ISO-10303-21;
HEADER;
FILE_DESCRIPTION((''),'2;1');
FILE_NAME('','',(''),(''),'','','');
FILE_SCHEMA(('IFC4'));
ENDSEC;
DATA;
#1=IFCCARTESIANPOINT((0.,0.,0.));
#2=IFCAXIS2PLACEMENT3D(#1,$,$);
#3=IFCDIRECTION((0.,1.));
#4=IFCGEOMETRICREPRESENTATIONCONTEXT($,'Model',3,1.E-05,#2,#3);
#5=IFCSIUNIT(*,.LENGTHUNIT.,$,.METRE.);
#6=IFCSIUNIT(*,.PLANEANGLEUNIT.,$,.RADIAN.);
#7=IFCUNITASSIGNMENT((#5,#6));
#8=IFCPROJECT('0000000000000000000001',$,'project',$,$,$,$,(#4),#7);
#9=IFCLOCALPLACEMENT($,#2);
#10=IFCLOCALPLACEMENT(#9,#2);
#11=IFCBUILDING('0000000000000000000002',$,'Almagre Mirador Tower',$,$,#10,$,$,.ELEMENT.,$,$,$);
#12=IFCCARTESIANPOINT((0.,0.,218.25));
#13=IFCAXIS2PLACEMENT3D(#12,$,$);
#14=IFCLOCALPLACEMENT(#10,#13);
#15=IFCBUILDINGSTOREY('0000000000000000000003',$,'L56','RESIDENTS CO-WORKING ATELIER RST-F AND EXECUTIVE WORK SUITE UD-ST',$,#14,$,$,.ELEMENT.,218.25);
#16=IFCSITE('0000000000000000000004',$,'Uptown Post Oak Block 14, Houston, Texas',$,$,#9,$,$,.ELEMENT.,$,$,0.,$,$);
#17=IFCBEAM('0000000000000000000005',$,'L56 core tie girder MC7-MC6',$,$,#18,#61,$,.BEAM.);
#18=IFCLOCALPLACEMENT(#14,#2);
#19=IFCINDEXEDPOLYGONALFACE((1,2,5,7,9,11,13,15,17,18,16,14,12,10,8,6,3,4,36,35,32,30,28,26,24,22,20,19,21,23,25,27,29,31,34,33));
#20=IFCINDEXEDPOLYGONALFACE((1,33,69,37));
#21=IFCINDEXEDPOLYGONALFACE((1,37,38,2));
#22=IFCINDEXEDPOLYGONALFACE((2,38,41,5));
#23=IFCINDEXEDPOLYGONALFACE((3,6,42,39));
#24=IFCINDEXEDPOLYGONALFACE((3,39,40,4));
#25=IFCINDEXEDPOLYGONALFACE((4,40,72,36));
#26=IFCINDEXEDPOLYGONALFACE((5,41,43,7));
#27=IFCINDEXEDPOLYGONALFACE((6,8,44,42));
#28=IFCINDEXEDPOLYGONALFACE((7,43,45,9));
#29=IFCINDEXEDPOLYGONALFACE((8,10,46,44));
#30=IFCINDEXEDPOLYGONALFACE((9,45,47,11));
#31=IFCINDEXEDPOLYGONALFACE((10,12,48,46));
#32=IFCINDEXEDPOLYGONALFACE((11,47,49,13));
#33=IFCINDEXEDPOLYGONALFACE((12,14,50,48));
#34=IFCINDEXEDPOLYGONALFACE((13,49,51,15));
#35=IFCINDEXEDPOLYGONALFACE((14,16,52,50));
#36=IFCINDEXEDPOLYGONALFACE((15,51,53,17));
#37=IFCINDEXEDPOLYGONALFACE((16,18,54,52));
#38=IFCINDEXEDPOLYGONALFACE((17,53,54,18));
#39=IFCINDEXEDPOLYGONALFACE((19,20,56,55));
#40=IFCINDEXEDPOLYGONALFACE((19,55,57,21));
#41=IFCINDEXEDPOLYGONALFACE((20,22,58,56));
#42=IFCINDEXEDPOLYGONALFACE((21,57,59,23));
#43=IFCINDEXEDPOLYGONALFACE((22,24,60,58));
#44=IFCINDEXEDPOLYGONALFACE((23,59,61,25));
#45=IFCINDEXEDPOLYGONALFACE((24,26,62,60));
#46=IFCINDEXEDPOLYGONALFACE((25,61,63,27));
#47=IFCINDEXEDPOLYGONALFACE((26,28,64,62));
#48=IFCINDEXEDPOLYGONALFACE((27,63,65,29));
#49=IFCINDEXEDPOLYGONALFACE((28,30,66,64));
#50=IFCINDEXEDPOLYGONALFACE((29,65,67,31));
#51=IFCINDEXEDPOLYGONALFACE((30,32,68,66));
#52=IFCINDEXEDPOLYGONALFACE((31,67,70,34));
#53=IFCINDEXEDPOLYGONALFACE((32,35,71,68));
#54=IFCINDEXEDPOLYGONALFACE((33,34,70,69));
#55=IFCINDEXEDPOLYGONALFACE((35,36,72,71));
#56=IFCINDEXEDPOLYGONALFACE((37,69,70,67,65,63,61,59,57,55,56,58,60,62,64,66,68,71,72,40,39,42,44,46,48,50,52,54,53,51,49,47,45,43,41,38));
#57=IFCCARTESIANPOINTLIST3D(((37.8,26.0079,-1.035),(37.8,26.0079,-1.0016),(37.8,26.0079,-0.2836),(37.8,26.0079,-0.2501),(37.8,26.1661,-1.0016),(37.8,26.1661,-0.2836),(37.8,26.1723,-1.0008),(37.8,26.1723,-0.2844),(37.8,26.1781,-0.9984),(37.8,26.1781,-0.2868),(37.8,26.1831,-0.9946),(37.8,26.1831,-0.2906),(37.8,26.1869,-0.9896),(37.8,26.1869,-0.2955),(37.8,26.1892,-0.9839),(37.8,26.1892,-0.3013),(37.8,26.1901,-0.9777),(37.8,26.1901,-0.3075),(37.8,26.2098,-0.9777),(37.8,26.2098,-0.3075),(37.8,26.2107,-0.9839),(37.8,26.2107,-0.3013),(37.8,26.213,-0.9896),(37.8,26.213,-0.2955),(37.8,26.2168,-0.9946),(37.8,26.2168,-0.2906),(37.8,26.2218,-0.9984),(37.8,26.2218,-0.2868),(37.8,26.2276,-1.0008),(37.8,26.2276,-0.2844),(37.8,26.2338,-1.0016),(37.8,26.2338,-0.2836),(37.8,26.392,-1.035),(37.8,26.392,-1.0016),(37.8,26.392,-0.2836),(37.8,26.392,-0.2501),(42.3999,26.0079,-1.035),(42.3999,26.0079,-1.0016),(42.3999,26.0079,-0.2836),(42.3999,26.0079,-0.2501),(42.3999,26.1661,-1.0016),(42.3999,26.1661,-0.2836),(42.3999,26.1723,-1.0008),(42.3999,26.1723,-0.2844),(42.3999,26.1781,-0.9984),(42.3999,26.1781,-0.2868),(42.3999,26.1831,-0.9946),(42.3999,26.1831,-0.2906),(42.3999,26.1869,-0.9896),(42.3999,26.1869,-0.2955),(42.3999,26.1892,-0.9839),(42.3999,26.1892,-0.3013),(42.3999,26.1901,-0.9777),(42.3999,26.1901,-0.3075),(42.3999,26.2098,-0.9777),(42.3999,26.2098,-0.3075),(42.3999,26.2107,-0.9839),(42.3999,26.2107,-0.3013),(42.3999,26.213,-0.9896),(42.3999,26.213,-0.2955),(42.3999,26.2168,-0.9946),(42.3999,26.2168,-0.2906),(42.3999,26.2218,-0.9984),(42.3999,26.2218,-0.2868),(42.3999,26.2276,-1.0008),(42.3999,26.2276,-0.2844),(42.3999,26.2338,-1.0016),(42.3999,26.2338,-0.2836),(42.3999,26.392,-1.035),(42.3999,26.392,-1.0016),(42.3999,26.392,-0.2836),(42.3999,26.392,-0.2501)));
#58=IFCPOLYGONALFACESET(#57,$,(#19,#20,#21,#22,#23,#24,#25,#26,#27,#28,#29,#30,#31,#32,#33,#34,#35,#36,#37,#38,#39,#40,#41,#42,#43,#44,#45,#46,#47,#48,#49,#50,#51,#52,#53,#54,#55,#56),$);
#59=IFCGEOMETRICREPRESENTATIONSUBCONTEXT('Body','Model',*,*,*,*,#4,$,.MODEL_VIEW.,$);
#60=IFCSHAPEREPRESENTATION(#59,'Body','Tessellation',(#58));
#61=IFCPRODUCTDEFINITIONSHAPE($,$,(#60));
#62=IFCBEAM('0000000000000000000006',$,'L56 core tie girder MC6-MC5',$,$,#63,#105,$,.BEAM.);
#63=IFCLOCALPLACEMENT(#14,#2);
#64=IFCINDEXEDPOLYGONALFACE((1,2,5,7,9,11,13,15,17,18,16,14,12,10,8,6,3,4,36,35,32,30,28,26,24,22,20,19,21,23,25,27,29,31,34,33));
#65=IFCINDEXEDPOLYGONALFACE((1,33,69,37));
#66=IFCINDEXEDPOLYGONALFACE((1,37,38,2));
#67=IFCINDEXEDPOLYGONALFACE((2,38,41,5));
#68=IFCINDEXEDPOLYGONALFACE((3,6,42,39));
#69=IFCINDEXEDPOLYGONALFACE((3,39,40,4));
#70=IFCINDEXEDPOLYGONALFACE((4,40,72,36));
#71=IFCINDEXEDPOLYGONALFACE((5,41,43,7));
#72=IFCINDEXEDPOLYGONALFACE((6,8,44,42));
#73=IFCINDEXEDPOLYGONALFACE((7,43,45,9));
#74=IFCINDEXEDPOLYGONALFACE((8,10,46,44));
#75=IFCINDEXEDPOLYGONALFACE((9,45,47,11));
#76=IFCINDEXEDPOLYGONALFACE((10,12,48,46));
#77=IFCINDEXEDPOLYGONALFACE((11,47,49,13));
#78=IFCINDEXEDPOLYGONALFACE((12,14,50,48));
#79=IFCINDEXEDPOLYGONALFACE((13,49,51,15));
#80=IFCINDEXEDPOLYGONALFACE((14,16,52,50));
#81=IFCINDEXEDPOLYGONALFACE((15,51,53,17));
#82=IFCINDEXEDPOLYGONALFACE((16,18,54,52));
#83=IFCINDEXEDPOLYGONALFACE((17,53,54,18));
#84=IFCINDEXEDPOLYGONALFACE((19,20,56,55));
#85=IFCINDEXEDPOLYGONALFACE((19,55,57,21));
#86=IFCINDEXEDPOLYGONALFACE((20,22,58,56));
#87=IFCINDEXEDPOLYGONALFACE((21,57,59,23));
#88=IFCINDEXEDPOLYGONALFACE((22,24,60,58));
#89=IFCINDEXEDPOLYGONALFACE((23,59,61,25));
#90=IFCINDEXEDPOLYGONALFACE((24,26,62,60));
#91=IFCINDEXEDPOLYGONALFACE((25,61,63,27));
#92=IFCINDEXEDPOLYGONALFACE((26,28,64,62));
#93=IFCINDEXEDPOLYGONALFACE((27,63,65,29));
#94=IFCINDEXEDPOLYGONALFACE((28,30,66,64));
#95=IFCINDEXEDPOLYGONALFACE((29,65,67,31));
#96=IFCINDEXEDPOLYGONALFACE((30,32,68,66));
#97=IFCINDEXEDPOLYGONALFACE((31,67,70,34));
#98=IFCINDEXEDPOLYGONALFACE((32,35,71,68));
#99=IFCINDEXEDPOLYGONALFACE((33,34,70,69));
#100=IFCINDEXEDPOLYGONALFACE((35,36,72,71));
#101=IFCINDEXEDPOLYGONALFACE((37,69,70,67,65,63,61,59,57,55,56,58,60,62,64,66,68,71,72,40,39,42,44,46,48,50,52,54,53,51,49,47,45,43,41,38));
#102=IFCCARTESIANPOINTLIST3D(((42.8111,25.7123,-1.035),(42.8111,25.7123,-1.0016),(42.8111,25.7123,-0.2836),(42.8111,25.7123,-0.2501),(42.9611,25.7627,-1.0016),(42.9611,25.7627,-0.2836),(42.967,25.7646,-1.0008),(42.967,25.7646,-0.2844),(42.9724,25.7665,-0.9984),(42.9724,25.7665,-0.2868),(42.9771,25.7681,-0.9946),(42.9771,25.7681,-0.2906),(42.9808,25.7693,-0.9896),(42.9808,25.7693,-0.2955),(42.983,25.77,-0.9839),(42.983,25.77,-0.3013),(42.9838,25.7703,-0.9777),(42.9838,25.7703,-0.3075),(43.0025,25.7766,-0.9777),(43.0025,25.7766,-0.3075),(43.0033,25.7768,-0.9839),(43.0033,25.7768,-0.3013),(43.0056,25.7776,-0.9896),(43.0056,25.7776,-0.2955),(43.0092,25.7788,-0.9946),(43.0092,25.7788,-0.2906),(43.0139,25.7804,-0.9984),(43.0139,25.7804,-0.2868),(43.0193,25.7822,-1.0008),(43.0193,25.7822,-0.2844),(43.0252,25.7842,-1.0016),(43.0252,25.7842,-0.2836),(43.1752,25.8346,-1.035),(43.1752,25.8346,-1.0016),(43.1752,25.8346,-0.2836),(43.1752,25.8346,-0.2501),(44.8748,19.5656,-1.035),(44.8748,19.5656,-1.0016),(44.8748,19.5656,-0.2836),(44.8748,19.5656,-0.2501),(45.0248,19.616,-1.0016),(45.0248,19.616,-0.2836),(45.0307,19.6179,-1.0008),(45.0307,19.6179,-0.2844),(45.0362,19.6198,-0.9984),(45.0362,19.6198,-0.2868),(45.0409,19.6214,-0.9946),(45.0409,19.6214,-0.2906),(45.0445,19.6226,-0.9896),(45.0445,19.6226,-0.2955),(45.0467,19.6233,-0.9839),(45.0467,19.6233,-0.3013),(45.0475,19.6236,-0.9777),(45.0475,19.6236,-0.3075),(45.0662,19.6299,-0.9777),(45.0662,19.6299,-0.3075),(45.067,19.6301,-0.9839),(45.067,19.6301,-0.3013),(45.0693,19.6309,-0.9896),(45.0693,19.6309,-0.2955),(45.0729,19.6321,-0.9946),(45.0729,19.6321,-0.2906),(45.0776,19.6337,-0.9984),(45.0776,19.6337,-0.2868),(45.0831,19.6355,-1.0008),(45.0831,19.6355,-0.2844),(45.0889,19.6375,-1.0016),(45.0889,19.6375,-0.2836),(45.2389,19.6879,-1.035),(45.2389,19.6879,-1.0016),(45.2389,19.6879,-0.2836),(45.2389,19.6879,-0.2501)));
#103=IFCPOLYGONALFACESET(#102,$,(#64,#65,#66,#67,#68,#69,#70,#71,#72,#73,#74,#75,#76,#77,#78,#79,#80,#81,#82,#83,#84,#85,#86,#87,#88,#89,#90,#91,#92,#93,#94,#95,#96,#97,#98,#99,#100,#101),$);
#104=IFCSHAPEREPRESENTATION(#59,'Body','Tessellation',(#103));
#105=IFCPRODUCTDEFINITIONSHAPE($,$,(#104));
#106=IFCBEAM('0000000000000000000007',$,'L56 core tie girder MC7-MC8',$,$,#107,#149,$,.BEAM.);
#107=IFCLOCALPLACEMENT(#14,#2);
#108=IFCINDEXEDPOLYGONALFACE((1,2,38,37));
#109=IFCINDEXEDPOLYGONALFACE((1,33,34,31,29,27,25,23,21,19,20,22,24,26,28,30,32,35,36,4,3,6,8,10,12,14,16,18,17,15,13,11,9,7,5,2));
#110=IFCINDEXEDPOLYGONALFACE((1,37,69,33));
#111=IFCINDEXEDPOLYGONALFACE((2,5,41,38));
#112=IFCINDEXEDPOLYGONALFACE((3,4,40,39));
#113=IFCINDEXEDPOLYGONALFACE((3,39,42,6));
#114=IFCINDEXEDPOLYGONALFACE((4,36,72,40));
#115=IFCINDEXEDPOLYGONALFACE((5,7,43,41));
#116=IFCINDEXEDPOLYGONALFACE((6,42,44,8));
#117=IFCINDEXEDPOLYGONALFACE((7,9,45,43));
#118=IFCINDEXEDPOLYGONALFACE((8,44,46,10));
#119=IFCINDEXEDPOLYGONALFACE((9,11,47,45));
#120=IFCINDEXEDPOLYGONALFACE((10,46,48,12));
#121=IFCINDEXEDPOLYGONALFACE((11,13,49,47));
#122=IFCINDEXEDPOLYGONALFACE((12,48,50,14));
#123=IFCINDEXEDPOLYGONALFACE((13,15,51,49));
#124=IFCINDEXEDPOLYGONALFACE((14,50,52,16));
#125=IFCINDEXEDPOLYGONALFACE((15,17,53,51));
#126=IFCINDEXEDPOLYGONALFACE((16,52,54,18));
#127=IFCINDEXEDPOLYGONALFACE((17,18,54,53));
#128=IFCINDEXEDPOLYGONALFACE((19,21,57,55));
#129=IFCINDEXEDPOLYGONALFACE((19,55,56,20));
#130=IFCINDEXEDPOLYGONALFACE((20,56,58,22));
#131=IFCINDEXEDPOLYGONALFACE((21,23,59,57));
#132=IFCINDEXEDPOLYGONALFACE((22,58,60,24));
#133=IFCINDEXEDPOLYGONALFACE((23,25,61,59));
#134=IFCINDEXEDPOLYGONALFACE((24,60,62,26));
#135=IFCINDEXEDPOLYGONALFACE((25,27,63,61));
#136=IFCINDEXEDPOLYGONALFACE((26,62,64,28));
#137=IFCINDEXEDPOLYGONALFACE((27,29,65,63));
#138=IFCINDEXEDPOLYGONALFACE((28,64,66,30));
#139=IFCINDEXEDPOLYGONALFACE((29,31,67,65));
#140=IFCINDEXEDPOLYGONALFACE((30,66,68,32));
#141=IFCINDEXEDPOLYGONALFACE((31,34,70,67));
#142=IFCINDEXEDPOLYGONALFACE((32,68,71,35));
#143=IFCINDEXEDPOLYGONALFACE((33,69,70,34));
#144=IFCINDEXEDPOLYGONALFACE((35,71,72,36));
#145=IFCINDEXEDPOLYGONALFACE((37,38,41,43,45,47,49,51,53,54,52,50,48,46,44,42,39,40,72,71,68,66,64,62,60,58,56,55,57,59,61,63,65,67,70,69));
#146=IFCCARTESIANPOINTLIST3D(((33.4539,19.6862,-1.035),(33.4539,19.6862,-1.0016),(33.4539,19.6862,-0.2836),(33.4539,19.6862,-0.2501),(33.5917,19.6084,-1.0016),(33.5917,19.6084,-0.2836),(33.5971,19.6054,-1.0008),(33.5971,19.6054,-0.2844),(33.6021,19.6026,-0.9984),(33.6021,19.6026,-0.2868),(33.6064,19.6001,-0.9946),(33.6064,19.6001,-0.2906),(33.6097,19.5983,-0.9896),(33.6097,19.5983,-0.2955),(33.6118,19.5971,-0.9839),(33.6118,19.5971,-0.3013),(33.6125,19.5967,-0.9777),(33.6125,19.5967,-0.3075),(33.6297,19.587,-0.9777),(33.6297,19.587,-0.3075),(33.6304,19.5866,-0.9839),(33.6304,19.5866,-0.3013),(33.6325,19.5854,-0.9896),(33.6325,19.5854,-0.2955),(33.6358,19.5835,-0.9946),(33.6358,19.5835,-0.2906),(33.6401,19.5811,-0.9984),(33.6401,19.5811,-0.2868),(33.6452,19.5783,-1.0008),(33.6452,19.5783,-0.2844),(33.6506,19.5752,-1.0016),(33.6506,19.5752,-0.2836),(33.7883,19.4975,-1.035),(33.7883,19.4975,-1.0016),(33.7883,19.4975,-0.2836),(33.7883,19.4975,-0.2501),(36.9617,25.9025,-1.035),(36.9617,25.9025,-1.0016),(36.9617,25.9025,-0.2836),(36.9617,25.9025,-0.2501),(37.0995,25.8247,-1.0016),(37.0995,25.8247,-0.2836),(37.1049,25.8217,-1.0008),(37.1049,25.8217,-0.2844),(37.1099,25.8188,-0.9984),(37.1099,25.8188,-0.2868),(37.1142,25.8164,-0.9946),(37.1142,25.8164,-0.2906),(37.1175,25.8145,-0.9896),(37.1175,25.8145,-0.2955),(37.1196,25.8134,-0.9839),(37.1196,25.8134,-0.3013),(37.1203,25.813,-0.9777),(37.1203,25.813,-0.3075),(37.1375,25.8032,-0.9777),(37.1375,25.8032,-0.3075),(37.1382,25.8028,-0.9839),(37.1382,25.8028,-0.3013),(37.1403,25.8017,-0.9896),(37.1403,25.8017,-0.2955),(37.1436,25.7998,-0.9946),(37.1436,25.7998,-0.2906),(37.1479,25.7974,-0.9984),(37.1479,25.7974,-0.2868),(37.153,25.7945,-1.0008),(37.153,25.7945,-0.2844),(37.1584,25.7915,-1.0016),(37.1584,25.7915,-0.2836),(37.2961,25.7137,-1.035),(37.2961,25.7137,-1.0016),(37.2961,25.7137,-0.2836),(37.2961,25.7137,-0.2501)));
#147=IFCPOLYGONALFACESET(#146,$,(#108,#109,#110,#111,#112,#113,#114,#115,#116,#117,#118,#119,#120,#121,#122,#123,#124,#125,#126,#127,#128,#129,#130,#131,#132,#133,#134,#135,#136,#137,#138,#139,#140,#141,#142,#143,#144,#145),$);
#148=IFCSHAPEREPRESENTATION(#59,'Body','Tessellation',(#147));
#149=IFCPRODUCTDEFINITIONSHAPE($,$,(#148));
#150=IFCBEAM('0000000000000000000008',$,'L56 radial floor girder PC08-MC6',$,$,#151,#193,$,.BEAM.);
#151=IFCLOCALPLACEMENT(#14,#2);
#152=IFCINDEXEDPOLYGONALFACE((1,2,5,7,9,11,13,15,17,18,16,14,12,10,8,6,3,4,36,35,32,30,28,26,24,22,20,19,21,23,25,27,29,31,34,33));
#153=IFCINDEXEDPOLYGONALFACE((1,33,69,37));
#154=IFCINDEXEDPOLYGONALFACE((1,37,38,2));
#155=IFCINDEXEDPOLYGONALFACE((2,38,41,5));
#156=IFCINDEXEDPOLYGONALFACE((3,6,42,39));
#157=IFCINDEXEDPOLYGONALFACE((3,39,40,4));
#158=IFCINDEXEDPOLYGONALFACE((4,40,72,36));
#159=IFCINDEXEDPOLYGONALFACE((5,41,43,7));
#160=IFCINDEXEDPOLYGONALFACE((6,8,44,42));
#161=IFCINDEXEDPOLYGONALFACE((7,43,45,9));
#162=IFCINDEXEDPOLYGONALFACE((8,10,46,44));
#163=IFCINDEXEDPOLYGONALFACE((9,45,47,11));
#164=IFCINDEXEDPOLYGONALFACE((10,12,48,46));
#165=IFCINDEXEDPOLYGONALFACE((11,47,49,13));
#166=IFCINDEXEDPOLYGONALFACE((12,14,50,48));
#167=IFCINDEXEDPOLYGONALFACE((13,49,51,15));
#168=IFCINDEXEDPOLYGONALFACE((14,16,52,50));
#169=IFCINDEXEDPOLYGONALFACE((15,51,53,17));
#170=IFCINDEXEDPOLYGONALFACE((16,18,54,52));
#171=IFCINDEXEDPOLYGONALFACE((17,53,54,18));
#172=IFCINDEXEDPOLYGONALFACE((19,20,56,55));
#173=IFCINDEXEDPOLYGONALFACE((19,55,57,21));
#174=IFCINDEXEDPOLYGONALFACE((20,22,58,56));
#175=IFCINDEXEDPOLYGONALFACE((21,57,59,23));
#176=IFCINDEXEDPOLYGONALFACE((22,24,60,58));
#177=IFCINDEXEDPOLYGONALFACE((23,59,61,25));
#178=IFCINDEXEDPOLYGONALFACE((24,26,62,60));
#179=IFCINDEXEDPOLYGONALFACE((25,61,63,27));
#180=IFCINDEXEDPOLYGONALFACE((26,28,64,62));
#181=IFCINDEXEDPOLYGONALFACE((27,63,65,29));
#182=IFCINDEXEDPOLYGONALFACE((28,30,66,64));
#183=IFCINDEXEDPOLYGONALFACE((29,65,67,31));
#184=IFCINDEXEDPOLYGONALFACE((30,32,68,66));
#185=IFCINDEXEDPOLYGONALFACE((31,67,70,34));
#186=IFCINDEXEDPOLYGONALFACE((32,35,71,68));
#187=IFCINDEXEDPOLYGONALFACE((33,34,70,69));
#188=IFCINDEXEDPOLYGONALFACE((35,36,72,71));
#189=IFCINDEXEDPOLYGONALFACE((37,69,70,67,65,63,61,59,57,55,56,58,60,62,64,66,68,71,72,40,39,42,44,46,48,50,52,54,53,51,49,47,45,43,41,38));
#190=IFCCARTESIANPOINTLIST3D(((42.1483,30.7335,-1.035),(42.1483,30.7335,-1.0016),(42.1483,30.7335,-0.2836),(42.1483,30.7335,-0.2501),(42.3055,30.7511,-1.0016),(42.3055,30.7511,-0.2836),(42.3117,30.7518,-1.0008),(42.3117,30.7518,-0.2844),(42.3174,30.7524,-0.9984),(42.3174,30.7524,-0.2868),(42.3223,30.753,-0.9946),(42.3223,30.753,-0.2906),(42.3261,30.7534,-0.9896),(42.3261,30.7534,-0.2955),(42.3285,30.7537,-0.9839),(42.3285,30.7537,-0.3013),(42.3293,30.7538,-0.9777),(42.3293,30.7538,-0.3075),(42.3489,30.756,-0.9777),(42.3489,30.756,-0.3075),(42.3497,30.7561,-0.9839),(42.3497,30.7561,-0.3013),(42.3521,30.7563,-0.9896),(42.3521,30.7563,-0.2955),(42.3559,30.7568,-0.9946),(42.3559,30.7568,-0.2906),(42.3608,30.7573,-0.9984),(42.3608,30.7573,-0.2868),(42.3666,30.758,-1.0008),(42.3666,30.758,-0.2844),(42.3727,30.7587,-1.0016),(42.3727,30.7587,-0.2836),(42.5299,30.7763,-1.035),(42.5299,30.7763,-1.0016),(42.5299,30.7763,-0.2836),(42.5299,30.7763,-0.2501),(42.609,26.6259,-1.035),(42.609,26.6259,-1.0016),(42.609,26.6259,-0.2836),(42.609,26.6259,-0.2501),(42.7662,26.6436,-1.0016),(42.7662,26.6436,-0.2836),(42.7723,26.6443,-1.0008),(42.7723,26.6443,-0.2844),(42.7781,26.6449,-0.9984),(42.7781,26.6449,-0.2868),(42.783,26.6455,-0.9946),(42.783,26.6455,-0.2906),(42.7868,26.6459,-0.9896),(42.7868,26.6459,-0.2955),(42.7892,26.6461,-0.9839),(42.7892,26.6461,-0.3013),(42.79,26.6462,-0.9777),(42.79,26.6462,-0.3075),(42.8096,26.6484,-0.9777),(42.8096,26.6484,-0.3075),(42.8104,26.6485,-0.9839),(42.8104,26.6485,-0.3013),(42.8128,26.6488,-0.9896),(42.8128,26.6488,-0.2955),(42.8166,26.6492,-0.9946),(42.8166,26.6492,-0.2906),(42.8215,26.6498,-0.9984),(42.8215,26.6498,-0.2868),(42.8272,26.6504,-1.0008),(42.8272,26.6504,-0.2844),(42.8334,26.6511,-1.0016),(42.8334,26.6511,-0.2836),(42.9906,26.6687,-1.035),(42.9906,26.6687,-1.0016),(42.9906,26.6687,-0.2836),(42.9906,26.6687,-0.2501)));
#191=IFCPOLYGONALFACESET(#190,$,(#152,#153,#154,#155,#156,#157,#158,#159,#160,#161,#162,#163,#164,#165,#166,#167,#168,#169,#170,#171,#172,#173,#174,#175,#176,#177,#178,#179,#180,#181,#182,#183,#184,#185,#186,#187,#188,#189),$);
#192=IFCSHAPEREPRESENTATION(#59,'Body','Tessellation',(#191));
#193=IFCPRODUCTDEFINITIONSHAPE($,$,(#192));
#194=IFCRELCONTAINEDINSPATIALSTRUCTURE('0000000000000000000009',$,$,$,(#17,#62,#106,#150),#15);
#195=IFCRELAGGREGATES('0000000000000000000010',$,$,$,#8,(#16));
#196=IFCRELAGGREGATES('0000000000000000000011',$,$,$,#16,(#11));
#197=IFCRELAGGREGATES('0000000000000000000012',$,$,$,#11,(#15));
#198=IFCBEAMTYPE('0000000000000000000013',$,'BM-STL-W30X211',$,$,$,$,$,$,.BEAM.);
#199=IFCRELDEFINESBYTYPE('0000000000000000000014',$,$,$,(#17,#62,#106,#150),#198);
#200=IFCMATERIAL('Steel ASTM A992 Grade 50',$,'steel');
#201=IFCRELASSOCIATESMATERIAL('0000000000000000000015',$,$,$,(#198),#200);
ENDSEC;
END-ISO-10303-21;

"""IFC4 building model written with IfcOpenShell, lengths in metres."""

from ifc_helpers import new_model, si_unit, direction, frame, origin, origin_2d, place, context, subcontext, project, spatial, i_section, extrude, material, material_profile, profile_set, type_object, element, save


model = new_model("IFC4")

# Units and contexts
model_context = context("Model", 3, precision=1e-05, world=origin(), true_north=direction((0.0, 1.0)))
body_context = subcontext(model_context, "Body", "Model", "MODEL_VIEW")
ifc_project = project(units=[si_unit("LENGTHUNIT", "METRE"), si_unit("PLANEANGLEUNIT", "RADIAN")], contexts=[model_context])

# Site, building, storey
site_placement = place(None, origin())
site = spatial("IfcSite", under=ifc_project, at=site_placement, Name="Uptown Post Oak Block 14, Houston, Texas", CompositionType="ELEMENT", RefElevation=0.0)
building_placement = place(site_placement, origin())
building = spatial("IfcBuilding", under=site, at=building_placement, Name="Almagre Mirador Tower", CompositionType="ELEMENT")
storey_placement = place(building_placement, frame((0.0, 0.0, 218.25)))
storey = spatial("IfcBuildingStorey", under=building, at=storey_placement, Name="L56", Description="RESIDENTS CO-WORKING ATELIER RST-F AND EXECUTIVE WORK SUITE UD-ST", CompositionType="ELEMENT", Elevation=218.25)

# Beams
ifc_material_1 = material(Name="Steel ASTM A992 Grade 50", Category="steel")
ifc_material_profile_1 = material_profile(ifc_material_1, i_section(OverallWidth=0.384, OverallDepth=0.7849, WebThickness=0.0198, FlangeThickness=0.0334, FilletRadius=0.0239, at=origin_2d()), Name="W30X211")
ifc_profile_set_1 = profile_set([ifc_material_profile_1], Name="Steel ASTM A992 Grade 50")
beam_type_1 = type_object("IfcBeamType", Name="BM-STL-W30X211", PredefinedType="BEAM", material=ifc_profile_set_1)
beam_1_placement = place(storey_placement, frame((37.8, 26.2, -0.6426), z_axis=(1.0, 0.0, 0.0), x_axis=(0.0, 1.0, 0.0)))
element("IfcBeam", 1, at=beam_1_placement, inside=storey, type_object=beam_type_1, Name="L56 core tie girder MC7-MC6", PredefinedType="BEAM", context=body_context, shape_type="SweptSolid", body=[
    extrude(i_section(OverallWidth=0.384, OverallDepth=0.7849, WebThickness=0.0198, FlangeThickness=0.0334, FilletRadius=0.0239, at=origin_2d()), origin(), (0.0, 0.0, 1.0), 4.5999),
])
beam_2_placement = place(storey_placement, frame((42.9932, 25.7734, -0.6426), z_axis=(0.318283, -0.947996, 0.0), x_axis=(0.947996, 0.318283, 0.0)))
element("IfcBeam", 2, at=beam_2_placement, inside=storey, type_object=beam_type_1, Name="L56 core tie girder MC6-MC5", PredefinedType="BEAM", context=body_context, shape_type="SweptSolid", body=[
    extrude(i_section(OverallWidth=0.384, OverallDepth=0.7849, WebThickness=0.0198, FlangeThickness=0.0334, FilletRadius=0.0239, at=origin_2d()), origin(), (0.0, 0.0, 1.0), 6.4839),
])
beam_3_placement = place(storey_placement, frame((37.1289, 25.8081, -0.6426), z_axis=(-0.491446, -0.870908, 0.0), x_axis=(0.870908, -0.491446, 0.0)))
element("IfcBeam", 3, at=beam_3_placement, inside=storey, type_object=beam_type_1, Name="L56 core tie girder MC7-MC8", PredefinedType="BEAM", context=body_context, shape_type="SweptSolid", body=[
    extrude(i_section(OverallWidth=0.384, OverallDepth=0.7849, WebThickness=0.0198, FlangeThickness=0.0334, FilletRadius=0.0239, at=origin_2d()), origin(), (0.0, 0.0, 1.0), 7.1377),
])
beam_4_placement = place(storey_placement, frame((42.3391, 30.7549, -0.6426), z_axis=(0.111456, -0.993769, 0.0), x_axis=(0.993769, 0.111456, 0.0)))
element("IfcBeam", 4, at=beam_4_placement, inside=storey, type_object=beam_type_1, Name="L56 radial floor girder PC08-MC6", PredefinedType="BEAM", context=body_context, shape_type="SweptSolid", body=[
    extrude(i_section(OverallWidth=0.384, OverallDepth=0.7849, WebThickness=0.0198, FlangeThickness=0.0334, FilletRadius=0.0239, at=origin_2d()), origin(), (0.0, 0.0, 1.0), 4.1333),
])

save(model, "model.ifc")
